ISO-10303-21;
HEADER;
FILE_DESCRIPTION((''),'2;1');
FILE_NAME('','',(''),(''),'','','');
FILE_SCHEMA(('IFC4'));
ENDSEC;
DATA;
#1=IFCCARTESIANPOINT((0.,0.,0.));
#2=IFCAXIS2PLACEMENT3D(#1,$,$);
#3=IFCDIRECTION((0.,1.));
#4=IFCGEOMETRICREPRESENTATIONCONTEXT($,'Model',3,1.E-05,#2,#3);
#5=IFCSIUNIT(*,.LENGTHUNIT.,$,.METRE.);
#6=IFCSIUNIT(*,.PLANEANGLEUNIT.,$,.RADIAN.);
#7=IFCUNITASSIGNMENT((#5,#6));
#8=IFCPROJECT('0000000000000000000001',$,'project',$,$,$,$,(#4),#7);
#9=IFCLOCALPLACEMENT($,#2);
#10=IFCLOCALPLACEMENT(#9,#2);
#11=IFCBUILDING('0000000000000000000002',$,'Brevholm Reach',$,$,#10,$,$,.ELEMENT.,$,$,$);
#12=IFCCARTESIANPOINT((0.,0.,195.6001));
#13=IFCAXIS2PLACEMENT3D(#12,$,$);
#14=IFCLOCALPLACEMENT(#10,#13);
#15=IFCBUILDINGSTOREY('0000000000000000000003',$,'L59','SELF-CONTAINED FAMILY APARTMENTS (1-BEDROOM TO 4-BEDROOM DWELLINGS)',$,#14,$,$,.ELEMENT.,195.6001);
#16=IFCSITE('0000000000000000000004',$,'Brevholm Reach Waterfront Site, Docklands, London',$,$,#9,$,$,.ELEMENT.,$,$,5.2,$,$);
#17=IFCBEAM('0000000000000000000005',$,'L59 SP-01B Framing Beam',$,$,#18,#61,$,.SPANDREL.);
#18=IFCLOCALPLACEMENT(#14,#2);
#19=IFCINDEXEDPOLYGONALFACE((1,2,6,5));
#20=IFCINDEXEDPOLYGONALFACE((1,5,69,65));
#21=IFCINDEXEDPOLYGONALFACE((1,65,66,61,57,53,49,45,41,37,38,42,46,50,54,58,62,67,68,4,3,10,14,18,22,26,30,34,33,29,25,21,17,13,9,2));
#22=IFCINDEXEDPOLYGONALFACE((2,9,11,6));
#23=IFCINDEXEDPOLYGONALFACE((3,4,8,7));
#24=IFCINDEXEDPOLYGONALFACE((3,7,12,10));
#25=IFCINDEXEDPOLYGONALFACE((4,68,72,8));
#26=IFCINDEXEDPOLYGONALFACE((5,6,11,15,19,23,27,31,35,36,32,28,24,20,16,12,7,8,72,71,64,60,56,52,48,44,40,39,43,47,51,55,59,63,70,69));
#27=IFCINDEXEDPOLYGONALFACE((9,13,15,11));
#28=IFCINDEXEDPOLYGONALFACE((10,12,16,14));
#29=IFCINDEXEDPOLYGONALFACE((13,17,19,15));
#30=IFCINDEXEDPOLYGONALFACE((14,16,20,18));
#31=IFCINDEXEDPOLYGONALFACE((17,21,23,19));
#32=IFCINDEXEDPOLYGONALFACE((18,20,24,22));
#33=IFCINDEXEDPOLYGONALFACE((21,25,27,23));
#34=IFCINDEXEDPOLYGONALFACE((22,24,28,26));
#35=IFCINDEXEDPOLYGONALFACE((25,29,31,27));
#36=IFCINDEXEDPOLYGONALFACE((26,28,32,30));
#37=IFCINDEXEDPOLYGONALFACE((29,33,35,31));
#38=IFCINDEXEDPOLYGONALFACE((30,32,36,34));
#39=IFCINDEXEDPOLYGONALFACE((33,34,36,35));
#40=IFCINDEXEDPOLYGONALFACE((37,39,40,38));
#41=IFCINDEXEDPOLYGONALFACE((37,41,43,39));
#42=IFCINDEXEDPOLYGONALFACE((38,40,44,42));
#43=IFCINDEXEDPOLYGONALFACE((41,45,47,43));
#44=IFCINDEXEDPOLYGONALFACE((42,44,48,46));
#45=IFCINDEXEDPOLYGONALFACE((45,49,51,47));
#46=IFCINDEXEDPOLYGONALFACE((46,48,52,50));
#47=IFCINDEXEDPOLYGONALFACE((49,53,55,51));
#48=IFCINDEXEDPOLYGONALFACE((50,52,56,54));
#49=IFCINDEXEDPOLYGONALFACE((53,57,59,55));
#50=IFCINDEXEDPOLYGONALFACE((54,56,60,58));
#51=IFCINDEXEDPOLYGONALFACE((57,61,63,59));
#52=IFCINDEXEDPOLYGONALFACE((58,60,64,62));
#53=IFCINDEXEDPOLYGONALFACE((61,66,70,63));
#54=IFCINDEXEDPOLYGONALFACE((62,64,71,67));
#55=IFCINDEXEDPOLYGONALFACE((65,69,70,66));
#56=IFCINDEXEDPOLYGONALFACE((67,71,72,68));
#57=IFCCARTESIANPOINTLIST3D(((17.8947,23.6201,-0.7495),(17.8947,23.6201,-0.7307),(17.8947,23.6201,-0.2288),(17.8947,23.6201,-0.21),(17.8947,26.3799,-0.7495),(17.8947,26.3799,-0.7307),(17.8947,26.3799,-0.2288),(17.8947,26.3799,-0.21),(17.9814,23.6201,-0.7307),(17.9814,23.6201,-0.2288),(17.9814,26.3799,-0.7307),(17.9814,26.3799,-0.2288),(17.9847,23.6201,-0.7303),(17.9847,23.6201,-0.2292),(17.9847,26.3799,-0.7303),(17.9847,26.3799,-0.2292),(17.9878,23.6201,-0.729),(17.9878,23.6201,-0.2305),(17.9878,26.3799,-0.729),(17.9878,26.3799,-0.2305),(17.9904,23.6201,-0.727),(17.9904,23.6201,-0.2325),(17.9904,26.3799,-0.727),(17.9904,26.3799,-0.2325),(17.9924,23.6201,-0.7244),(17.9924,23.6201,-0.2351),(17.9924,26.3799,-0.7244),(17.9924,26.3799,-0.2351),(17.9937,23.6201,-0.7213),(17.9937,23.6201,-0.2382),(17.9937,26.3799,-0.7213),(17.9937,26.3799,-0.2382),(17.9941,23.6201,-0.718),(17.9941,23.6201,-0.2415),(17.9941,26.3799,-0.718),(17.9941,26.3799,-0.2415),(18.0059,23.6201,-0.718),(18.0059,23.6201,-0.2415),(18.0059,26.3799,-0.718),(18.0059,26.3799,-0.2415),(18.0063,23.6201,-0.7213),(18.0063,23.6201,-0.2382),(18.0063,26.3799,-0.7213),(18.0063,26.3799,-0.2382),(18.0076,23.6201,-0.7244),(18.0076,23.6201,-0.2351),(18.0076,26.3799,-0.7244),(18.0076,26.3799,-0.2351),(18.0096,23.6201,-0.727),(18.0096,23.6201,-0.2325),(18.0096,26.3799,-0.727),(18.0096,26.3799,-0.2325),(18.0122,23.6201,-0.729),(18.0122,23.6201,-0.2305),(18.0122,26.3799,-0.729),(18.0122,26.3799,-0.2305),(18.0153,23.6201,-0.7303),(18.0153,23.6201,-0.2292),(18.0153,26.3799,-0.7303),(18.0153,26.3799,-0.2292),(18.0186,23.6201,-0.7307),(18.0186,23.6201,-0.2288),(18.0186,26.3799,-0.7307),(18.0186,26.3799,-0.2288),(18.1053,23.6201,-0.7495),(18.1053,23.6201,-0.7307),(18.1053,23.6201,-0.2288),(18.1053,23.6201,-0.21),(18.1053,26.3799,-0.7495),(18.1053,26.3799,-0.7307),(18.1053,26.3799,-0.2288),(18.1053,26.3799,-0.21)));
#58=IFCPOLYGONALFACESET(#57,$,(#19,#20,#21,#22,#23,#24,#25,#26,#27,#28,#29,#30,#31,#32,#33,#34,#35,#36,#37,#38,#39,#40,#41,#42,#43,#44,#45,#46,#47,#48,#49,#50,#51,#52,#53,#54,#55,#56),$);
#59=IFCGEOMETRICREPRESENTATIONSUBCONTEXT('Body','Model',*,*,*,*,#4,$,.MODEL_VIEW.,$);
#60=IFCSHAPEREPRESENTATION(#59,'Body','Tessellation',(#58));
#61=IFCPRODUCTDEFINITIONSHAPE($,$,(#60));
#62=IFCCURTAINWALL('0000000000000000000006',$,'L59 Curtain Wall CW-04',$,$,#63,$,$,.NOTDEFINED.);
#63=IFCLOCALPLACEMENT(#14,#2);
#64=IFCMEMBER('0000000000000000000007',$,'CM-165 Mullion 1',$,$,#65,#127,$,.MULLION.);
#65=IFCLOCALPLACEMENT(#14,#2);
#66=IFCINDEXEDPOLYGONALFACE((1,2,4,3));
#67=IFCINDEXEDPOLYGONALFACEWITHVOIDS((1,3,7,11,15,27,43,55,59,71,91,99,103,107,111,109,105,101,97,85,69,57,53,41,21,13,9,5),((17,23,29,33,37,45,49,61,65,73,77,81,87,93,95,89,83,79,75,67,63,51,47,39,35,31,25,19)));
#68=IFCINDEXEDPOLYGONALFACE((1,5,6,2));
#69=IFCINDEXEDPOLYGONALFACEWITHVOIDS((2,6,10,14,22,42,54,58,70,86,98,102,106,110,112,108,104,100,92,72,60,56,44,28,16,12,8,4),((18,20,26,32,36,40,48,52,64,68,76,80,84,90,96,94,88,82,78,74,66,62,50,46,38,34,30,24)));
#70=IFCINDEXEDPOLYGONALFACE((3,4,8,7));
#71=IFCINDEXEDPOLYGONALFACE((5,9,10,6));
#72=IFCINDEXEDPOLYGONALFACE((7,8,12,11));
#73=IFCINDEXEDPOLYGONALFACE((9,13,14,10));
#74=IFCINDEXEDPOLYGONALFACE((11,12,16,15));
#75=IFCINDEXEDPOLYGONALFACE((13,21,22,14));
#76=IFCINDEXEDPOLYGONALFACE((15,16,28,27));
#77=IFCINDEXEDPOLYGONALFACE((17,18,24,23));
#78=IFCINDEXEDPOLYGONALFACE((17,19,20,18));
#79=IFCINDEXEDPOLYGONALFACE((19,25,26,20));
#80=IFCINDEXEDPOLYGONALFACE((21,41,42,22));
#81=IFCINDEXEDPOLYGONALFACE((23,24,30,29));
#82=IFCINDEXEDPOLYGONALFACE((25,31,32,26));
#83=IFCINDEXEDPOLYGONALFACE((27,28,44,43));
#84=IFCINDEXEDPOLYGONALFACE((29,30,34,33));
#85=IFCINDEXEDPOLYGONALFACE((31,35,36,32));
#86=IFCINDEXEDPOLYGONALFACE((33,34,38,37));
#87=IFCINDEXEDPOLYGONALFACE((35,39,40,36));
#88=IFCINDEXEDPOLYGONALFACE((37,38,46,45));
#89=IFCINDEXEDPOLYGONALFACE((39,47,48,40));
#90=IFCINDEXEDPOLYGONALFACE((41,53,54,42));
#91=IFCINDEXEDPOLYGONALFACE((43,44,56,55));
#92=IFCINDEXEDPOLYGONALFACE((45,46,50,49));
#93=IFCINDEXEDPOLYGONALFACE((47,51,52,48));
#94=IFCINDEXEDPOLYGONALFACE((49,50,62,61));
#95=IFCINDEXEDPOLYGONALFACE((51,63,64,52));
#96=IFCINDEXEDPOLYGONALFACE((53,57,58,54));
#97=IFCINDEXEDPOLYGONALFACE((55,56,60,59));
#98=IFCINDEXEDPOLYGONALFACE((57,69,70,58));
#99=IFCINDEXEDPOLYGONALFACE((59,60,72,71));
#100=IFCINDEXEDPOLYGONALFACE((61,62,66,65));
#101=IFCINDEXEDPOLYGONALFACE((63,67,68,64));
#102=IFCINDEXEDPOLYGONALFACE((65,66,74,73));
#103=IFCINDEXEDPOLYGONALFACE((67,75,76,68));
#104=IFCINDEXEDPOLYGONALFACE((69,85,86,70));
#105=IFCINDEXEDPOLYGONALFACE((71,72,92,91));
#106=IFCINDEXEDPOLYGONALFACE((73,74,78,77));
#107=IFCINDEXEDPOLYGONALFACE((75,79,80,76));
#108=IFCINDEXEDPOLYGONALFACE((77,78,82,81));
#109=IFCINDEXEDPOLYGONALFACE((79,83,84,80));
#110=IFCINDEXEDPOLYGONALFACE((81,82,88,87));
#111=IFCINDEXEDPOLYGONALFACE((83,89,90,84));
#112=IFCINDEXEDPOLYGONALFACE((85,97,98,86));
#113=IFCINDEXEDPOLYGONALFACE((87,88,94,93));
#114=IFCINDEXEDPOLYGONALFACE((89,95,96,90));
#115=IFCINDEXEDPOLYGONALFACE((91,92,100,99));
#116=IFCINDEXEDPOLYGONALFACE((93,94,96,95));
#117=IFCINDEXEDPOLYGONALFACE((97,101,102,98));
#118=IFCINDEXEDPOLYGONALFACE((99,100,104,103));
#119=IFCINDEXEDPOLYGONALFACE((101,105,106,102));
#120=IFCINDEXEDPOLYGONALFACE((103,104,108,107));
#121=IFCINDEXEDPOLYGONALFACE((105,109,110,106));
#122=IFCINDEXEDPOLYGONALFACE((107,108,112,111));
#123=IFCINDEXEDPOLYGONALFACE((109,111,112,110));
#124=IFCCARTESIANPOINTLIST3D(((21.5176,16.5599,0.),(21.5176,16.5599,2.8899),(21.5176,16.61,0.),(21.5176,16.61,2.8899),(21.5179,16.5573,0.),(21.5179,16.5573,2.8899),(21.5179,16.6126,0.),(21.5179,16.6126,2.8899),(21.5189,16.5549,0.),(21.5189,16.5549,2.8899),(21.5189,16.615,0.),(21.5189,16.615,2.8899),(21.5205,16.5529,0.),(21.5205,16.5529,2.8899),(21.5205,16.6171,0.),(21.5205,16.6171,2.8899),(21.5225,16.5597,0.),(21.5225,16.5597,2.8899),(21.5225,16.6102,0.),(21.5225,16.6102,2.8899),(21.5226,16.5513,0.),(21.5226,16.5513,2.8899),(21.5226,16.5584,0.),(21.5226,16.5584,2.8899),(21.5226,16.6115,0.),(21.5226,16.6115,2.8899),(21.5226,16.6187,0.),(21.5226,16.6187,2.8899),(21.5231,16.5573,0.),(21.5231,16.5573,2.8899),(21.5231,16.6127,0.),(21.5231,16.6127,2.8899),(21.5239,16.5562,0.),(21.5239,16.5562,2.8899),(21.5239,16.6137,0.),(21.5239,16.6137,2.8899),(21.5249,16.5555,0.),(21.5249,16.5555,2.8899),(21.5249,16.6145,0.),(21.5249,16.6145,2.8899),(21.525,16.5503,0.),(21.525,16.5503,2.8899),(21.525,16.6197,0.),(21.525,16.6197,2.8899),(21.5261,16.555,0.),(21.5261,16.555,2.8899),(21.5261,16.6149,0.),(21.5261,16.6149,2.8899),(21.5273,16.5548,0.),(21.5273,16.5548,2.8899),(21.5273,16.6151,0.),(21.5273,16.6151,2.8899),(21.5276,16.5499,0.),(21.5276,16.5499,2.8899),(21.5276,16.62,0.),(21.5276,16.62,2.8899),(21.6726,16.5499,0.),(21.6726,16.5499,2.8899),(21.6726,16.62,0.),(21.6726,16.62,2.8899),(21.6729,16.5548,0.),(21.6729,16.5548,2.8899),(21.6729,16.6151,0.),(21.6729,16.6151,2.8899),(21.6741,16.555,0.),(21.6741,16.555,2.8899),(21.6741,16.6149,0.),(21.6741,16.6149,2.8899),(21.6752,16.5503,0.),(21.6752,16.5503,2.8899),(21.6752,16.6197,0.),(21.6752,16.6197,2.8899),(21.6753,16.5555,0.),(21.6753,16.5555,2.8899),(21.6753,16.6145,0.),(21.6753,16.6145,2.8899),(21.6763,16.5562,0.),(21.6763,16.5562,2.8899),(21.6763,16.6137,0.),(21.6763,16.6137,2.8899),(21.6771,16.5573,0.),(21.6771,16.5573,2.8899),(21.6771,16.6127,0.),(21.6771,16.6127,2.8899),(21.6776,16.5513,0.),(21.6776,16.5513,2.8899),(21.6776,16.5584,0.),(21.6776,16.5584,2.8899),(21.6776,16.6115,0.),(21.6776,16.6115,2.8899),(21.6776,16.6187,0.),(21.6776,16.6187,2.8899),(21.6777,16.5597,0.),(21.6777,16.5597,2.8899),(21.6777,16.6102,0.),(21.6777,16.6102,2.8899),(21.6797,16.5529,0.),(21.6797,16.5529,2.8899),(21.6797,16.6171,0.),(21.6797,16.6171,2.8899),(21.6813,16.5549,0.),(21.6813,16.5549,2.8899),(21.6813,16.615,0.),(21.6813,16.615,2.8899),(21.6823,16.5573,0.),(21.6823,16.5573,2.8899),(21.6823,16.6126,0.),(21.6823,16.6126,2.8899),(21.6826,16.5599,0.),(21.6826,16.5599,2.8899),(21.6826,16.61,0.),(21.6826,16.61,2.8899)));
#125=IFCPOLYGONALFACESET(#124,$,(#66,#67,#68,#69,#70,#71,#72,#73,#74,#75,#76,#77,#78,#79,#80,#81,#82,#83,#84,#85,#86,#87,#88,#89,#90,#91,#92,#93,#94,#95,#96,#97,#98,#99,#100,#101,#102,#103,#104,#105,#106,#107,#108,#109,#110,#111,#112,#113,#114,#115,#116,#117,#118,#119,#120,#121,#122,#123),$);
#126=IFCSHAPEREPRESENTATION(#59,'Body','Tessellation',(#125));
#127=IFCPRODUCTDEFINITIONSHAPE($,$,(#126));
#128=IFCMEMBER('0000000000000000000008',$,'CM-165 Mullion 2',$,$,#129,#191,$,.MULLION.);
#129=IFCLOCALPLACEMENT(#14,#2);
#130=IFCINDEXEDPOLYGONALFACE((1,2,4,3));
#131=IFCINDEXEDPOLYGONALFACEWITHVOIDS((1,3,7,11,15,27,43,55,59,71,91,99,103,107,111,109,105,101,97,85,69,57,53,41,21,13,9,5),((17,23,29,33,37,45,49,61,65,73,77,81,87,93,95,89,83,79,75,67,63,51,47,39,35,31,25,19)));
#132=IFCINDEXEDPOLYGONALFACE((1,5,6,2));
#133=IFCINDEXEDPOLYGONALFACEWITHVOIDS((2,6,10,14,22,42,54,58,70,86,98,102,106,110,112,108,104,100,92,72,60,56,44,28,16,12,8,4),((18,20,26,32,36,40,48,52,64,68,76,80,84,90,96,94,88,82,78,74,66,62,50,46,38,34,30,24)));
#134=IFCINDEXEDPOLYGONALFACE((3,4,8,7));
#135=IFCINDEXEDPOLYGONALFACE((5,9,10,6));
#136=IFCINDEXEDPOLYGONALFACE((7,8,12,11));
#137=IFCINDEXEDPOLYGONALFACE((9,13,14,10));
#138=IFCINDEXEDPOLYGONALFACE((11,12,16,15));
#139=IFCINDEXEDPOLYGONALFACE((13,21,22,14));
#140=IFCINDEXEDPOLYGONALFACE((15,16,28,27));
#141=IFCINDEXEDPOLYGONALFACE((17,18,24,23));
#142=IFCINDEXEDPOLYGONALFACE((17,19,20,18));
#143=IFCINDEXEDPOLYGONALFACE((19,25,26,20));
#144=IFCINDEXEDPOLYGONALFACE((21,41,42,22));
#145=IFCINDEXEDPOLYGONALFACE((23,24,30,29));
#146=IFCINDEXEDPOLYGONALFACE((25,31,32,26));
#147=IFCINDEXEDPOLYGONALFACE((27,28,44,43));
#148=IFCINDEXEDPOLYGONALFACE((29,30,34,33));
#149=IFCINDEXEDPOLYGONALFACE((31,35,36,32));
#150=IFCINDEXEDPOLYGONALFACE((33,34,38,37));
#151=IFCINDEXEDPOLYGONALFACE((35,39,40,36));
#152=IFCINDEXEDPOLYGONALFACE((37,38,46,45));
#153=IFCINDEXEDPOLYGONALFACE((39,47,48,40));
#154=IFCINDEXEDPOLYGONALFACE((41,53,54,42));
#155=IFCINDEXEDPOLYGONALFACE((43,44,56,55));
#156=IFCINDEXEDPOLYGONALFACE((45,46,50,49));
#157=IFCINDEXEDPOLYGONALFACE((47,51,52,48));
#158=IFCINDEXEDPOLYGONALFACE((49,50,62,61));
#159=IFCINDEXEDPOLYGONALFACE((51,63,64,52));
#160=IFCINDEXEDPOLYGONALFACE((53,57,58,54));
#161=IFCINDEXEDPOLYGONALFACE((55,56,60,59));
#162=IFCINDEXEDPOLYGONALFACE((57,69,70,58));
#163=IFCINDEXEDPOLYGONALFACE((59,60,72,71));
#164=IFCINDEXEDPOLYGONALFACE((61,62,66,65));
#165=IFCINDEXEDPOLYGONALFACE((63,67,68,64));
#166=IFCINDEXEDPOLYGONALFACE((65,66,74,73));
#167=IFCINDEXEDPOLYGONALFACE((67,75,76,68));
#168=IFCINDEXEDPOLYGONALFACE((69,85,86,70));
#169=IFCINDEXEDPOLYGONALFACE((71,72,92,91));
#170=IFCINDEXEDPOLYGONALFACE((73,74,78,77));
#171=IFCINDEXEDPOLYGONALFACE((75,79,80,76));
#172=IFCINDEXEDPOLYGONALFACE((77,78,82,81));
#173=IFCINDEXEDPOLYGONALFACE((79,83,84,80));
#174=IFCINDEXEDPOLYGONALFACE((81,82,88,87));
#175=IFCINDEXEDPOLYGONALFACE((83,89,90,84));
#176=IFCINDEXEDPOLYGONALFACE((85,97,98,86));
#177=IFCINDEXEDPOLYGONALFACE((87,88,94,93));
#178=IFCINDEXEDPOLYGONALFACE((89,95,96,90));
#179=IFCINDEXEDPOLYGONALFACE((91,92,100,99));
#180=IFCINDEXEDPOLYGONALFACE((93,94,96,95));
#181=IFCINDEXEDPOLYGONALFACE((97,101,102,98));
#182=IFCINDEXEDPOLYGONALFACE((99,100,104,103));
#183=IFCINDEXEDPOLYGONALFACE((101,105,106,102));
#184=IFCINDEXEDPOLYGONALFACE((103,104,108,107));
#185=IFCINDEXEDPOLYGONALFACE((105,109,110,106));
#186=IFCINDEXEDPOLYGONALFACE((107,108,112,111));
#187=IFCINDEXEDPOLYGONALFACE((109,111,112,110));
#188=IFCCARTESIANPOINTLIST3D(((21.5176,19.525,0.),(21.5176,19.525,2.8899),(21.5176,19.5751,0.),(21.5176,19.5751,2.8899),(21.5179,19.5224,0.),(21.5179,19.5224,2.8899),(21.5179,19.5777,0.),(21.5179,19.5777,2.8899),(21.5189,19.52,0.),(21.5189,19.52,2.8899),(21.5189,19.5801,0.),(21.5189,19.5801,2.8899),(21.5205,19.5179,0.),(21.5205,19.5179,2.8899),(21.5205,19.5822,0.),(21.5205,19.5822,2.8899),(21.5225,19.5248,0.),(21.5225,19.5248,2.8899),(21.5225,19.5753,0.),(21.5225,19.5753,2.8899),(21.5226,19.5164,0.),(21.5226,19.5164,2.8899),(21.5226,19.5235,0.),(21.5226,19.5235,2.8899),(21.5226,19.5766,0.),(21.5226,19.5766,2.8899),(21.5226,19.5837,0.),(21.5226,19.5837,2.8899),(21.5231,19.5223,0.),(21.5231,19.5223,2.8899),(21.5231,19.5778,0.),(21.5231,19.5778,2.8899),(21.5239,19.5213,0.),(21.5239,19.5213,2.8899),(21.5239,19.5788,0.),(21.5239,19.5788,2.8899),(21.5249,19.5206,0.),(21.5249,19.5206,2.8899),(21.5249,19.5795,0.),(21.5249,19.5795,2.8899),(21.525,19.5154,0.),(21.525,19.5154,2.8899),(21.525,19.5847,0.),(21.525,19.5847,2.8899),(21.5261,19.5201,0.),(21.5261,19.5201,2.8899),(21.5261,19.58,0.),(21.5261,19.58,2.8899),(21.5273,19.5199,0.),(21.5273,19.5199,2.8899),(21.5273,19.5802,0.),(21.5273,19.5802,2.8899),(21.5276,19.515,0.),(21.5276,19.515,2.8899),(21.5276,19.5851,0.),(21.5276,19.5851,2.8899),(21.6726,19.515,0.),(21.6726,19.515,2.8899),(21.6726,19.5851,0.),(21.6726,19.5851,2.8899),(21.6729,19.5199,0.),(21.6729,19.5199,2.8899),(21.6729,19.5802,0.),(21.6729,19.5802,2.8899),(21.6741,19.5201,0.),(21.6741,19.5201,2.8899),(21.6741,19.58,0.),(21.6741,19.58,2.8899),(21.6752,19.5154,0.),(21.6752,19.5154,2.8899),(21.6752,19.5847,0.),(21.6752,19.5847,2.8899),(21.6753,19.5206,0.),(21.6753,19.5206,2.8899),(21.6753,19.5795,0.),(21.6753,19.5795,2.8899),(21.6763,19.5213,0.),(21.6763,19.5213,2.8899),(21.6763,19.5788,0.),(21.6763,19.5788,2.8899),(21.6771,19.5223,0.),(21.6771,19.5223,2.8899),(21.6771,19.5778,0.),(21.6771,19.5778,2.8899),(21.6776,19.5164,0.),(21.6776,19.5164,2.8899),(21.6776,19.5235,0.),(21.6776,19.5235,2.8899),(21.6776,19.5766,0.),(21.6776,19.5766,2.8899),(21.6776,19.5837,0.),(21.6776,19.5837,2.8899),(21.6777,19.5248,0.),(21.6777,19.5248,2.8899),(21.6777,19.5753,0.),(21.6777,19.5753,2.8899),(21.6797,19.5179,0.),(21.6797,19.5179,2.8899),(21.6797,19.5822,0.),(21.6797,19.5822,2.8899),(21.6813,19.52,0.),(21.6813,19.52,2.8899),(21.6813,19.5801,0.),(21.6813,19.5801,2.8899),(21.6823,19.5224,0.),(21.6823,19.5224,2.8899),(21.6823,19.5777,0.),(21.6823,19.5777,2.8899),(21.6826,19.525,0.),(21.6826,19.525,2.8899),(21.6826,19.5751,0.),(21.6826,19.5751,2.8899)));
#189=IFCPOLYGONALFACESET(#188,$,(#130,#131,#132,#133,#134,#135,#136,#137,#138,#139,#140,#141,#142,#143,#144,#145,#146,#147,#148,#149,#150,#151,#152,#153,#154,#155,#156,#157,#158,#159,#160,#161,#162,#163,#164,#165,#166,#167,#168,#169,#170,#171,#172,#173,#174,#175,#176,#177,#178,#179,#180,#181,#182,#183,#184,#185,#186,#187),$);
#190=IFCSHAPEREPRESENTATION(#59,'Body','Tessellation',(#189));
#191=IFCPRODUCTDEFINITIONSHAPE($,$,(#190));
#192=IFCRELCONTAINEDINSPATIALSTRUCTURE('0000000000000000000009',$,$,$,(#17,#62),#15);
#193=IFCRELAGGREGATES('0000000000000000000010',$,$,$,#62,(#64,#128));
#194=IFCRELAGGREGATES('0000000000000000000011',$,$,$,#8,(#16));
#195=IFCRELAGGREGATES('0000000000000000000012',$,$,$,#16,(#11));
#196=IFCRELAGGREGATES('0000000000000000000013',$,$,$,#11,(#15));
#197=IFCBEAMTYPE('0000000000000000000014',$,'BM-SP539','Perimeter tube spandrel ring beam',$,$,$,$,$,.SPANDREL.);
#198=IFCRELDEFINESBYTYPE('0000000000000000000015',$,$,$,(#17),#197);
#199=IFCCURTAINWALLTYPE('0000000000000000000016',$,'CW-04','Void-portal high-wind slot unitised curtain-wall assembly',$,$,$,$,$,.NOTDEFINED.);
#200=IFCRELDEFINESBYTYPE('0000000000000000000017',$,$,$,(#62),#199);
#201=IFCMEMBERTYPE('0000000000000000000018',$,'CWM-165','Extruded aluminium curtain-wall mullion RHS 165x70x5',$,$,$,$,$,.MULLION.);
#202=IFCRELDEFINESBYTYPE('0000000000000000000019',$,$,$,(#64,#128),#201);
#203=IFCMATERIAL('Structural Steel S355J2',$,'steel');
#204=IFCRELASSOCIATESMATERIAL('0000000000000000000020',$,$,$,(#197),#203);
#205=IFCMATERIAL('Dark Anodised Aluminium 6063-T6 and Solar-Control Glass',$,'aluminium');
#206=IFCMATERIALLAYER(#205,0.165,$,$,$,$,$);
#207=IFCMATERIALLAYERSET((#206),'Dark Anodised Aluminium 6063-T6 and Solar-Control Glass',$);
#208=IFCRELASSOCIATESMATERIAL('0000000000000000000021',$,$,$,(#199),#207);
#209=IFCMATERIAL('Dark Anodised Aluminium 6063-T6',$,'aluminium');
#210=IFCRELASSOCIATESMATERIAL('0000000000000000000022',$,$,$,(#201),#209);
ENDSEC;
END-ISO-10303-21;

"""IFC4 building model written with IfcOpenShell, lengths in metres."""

from ifc_helpers import new_model, si_unit, direction, frame, origin, origin_2d, place, context, subcontext, project, spatial, hollow_rectangle, i_section, extrude, material, layer, layer_set, material_profile, profile_set, type_object, element, aggregate, save


model = new_model("IFC4")

# Units and contexts
model_context = context("Model", 3, precision=1e-05, world=origin(), true_north=direction((0.0, 1.0)))
body_context = subcontext(model_context, "Body", "Model", "MODEL_VIEW")
ifc_project = project(units=[si_unit("LENGTHUNIT", "METRE"), si_unit("PLANEANGLEUNIT", "RADIAN")], contexts=[model_context])

# Site, building, storey
site_placement = place(None, origin())
site = spatial("IfcSite", under=ifc_project, at=site_placement, Name="Brevholm Reach Waterfront Site, Docklands, London", CompositionType="ELEMENT", RefElevation=5.2)
building_placement = place(site_placement, origin())
building = spatial("IfcBuilding", under=site, at=building_placement, Name="Brevholm Reach", CompositionType="ELEMENT")
storey_placement = place(building_placement, frame((0.0, 0.0, 195.6001)))
storey = spatial("IfcBuildingStorey", under=building, at=storey_placement, Name="L59", Description="SELF-CONTAINED FAMILY APARTMENTS (1-BEDROOM TO 4-BEDROOM DWELLINGS)", CompositionType="ELEMENT", Elevation=195.6001)

# Beam
ifc_material_1 = material(Name="Structural Steel S355J2", Category="steel")
ifc_material_profile_1 = material_profile(ifc_material_1, i_section(OverallWidth=0.2107, OverallDepth=0.5396, WebThickness=0.0117, FlangeThickness=0.0188, FilletRadius=0.0127, at=origin_2d()), Name="UKB 533x210x109")
ifc_profile_set_1 = profile_set([ifc_material_profile_1], Name="Structural Steel S355J2")
beam_type_1 = type_object("IfcBeamType", Name="BM-SP539", Description="Perimeter tube spandrel ring beam", PredefinedType="SPANDREL", material=ifc_profile_set_1)
beam_1_placement = place(storey_placement, frame((18.0, 23.6201, -0.4797), z_axis=(0.0, 1.0, 0.0), x_axis=(-1.0, 0.0, 0.0)))
element("IfcBeam", 1, at=beam_1_placement, inside=storey, type_object=beam_type_1, Name="L59 SP-01B Framing Beam", PredefinedType="SPANDREL", context=body_context, shape_type="SweptSolid", body=[
    extrude(i_section(OverallWidth=0.2107, OverallDepth=0.5396, WebThickness=0.0117, FlangeThickness=0.0188, FilletRadius=0.0127, at=origin_2d()), origin(), (0.0, 0.0, 1.0), 2.7598),
])

# Curtain wall, members
ifc_material_2 = material(Name="Dark Anodised Aluminium 6063-T6 and Solar-Control Glass", Category="aluminium")
ifc_layer_1 = layer(ifc_material_2, 0.165)
ifc_layer_set_1 = layer_set([ifc_layer_1], Name="Dark Anodised Aluminium 6063-T6 and Solar-Control Glass")
curtain_wall_type = type_object("IfcCurtainWallType", Name="CW-04", Description="Void-portal high-wind slot unitised curtain-wall assembly", PredefinedType="NOTDEFINED", material=ifc_layer_set_1)
curtain_wall_placement = place(storey_placement, origin())
curtain_wall = element("IfcCurtainWall", 2, at=curtain_wall_placement, inside=storey, type_object=curtain_wall_type, Name="L59 Curtain Wall CW-04", PredefinedType="NOTDEFINED")
ifc_material_3 = material(Name="Dark Anodised Aluminium 6063-T6", Category="aluminium")
ifc_material_profile_2 = material_profile(ifc_material_3, hollow_rectangle(XDim=0.0701, YDim=0.165, WallThickness=0.0049, InnerFilletRadius=0.0049, OuterFilletRadius=0.01, at=origin_2d()), Name="RHS 165x70x5")
ifc_profile_set_2 = profile_set([ifc_material_profile_2], Name="Dark Anodised Aluminium 6063-T6")
member_type_1 = type_object("IfcMemberType", Name="CWM-165", Description="Extruded aluminium curtain-wall mullion RHS 165x70x5", PredefinedType="MULLION", material=ifc_profile_set_2)
member_1_placement = place(storey_placement, frame((21.6001, 16.585, 0.0), z_axis=(0.0, 0.0, 1.0), x_axis=(0.0, 1.0, 0.0)))
member_1 = element("IfcMember", 3, at=member_1_placement, type_object=member_type_1, Name="CM-165 Mullion 1", PredefinedType="MULLION", context=body_context, shape_type="SweptSolid", body=[
    extrude(hollow_rectangle(XDim=0.0701, YDim=0.165, WallThickness=0.0049, InnerFilletRadius=0.0049, OuterFilletRadius=0.01, at=origin_2d()), origin(), (0.0, 0.0, 1.0), 2.8899),
])
member_2_placement = place(storey_placement, frame((21.6001, 19.55, 0.0), z_axis=(0.0, 0.0, 1.0), x_axis=(0.0, 1.0, 0.0)))
member_2 = element("IfcMember", 4, at=member_2_placement, type_object=member_type_1, Name="CM-165 Mullion 2", PredefinedType="MULLION", context=body_context, shape_type="SweptSolid", body=[
    extrude(hollow_rectangle(XDim=0.0701, YDim=0.165, WallThickness=0.0049, InnerFilletRadius=0.0049, OuterFilletRadius=0.01, at=origin_2d()), origin(), (0.0, 0.0, 1.0), 2.8899),
])
aggregate(curtain_wall, [member_1, member_2])

save(model, "model.ifc")
